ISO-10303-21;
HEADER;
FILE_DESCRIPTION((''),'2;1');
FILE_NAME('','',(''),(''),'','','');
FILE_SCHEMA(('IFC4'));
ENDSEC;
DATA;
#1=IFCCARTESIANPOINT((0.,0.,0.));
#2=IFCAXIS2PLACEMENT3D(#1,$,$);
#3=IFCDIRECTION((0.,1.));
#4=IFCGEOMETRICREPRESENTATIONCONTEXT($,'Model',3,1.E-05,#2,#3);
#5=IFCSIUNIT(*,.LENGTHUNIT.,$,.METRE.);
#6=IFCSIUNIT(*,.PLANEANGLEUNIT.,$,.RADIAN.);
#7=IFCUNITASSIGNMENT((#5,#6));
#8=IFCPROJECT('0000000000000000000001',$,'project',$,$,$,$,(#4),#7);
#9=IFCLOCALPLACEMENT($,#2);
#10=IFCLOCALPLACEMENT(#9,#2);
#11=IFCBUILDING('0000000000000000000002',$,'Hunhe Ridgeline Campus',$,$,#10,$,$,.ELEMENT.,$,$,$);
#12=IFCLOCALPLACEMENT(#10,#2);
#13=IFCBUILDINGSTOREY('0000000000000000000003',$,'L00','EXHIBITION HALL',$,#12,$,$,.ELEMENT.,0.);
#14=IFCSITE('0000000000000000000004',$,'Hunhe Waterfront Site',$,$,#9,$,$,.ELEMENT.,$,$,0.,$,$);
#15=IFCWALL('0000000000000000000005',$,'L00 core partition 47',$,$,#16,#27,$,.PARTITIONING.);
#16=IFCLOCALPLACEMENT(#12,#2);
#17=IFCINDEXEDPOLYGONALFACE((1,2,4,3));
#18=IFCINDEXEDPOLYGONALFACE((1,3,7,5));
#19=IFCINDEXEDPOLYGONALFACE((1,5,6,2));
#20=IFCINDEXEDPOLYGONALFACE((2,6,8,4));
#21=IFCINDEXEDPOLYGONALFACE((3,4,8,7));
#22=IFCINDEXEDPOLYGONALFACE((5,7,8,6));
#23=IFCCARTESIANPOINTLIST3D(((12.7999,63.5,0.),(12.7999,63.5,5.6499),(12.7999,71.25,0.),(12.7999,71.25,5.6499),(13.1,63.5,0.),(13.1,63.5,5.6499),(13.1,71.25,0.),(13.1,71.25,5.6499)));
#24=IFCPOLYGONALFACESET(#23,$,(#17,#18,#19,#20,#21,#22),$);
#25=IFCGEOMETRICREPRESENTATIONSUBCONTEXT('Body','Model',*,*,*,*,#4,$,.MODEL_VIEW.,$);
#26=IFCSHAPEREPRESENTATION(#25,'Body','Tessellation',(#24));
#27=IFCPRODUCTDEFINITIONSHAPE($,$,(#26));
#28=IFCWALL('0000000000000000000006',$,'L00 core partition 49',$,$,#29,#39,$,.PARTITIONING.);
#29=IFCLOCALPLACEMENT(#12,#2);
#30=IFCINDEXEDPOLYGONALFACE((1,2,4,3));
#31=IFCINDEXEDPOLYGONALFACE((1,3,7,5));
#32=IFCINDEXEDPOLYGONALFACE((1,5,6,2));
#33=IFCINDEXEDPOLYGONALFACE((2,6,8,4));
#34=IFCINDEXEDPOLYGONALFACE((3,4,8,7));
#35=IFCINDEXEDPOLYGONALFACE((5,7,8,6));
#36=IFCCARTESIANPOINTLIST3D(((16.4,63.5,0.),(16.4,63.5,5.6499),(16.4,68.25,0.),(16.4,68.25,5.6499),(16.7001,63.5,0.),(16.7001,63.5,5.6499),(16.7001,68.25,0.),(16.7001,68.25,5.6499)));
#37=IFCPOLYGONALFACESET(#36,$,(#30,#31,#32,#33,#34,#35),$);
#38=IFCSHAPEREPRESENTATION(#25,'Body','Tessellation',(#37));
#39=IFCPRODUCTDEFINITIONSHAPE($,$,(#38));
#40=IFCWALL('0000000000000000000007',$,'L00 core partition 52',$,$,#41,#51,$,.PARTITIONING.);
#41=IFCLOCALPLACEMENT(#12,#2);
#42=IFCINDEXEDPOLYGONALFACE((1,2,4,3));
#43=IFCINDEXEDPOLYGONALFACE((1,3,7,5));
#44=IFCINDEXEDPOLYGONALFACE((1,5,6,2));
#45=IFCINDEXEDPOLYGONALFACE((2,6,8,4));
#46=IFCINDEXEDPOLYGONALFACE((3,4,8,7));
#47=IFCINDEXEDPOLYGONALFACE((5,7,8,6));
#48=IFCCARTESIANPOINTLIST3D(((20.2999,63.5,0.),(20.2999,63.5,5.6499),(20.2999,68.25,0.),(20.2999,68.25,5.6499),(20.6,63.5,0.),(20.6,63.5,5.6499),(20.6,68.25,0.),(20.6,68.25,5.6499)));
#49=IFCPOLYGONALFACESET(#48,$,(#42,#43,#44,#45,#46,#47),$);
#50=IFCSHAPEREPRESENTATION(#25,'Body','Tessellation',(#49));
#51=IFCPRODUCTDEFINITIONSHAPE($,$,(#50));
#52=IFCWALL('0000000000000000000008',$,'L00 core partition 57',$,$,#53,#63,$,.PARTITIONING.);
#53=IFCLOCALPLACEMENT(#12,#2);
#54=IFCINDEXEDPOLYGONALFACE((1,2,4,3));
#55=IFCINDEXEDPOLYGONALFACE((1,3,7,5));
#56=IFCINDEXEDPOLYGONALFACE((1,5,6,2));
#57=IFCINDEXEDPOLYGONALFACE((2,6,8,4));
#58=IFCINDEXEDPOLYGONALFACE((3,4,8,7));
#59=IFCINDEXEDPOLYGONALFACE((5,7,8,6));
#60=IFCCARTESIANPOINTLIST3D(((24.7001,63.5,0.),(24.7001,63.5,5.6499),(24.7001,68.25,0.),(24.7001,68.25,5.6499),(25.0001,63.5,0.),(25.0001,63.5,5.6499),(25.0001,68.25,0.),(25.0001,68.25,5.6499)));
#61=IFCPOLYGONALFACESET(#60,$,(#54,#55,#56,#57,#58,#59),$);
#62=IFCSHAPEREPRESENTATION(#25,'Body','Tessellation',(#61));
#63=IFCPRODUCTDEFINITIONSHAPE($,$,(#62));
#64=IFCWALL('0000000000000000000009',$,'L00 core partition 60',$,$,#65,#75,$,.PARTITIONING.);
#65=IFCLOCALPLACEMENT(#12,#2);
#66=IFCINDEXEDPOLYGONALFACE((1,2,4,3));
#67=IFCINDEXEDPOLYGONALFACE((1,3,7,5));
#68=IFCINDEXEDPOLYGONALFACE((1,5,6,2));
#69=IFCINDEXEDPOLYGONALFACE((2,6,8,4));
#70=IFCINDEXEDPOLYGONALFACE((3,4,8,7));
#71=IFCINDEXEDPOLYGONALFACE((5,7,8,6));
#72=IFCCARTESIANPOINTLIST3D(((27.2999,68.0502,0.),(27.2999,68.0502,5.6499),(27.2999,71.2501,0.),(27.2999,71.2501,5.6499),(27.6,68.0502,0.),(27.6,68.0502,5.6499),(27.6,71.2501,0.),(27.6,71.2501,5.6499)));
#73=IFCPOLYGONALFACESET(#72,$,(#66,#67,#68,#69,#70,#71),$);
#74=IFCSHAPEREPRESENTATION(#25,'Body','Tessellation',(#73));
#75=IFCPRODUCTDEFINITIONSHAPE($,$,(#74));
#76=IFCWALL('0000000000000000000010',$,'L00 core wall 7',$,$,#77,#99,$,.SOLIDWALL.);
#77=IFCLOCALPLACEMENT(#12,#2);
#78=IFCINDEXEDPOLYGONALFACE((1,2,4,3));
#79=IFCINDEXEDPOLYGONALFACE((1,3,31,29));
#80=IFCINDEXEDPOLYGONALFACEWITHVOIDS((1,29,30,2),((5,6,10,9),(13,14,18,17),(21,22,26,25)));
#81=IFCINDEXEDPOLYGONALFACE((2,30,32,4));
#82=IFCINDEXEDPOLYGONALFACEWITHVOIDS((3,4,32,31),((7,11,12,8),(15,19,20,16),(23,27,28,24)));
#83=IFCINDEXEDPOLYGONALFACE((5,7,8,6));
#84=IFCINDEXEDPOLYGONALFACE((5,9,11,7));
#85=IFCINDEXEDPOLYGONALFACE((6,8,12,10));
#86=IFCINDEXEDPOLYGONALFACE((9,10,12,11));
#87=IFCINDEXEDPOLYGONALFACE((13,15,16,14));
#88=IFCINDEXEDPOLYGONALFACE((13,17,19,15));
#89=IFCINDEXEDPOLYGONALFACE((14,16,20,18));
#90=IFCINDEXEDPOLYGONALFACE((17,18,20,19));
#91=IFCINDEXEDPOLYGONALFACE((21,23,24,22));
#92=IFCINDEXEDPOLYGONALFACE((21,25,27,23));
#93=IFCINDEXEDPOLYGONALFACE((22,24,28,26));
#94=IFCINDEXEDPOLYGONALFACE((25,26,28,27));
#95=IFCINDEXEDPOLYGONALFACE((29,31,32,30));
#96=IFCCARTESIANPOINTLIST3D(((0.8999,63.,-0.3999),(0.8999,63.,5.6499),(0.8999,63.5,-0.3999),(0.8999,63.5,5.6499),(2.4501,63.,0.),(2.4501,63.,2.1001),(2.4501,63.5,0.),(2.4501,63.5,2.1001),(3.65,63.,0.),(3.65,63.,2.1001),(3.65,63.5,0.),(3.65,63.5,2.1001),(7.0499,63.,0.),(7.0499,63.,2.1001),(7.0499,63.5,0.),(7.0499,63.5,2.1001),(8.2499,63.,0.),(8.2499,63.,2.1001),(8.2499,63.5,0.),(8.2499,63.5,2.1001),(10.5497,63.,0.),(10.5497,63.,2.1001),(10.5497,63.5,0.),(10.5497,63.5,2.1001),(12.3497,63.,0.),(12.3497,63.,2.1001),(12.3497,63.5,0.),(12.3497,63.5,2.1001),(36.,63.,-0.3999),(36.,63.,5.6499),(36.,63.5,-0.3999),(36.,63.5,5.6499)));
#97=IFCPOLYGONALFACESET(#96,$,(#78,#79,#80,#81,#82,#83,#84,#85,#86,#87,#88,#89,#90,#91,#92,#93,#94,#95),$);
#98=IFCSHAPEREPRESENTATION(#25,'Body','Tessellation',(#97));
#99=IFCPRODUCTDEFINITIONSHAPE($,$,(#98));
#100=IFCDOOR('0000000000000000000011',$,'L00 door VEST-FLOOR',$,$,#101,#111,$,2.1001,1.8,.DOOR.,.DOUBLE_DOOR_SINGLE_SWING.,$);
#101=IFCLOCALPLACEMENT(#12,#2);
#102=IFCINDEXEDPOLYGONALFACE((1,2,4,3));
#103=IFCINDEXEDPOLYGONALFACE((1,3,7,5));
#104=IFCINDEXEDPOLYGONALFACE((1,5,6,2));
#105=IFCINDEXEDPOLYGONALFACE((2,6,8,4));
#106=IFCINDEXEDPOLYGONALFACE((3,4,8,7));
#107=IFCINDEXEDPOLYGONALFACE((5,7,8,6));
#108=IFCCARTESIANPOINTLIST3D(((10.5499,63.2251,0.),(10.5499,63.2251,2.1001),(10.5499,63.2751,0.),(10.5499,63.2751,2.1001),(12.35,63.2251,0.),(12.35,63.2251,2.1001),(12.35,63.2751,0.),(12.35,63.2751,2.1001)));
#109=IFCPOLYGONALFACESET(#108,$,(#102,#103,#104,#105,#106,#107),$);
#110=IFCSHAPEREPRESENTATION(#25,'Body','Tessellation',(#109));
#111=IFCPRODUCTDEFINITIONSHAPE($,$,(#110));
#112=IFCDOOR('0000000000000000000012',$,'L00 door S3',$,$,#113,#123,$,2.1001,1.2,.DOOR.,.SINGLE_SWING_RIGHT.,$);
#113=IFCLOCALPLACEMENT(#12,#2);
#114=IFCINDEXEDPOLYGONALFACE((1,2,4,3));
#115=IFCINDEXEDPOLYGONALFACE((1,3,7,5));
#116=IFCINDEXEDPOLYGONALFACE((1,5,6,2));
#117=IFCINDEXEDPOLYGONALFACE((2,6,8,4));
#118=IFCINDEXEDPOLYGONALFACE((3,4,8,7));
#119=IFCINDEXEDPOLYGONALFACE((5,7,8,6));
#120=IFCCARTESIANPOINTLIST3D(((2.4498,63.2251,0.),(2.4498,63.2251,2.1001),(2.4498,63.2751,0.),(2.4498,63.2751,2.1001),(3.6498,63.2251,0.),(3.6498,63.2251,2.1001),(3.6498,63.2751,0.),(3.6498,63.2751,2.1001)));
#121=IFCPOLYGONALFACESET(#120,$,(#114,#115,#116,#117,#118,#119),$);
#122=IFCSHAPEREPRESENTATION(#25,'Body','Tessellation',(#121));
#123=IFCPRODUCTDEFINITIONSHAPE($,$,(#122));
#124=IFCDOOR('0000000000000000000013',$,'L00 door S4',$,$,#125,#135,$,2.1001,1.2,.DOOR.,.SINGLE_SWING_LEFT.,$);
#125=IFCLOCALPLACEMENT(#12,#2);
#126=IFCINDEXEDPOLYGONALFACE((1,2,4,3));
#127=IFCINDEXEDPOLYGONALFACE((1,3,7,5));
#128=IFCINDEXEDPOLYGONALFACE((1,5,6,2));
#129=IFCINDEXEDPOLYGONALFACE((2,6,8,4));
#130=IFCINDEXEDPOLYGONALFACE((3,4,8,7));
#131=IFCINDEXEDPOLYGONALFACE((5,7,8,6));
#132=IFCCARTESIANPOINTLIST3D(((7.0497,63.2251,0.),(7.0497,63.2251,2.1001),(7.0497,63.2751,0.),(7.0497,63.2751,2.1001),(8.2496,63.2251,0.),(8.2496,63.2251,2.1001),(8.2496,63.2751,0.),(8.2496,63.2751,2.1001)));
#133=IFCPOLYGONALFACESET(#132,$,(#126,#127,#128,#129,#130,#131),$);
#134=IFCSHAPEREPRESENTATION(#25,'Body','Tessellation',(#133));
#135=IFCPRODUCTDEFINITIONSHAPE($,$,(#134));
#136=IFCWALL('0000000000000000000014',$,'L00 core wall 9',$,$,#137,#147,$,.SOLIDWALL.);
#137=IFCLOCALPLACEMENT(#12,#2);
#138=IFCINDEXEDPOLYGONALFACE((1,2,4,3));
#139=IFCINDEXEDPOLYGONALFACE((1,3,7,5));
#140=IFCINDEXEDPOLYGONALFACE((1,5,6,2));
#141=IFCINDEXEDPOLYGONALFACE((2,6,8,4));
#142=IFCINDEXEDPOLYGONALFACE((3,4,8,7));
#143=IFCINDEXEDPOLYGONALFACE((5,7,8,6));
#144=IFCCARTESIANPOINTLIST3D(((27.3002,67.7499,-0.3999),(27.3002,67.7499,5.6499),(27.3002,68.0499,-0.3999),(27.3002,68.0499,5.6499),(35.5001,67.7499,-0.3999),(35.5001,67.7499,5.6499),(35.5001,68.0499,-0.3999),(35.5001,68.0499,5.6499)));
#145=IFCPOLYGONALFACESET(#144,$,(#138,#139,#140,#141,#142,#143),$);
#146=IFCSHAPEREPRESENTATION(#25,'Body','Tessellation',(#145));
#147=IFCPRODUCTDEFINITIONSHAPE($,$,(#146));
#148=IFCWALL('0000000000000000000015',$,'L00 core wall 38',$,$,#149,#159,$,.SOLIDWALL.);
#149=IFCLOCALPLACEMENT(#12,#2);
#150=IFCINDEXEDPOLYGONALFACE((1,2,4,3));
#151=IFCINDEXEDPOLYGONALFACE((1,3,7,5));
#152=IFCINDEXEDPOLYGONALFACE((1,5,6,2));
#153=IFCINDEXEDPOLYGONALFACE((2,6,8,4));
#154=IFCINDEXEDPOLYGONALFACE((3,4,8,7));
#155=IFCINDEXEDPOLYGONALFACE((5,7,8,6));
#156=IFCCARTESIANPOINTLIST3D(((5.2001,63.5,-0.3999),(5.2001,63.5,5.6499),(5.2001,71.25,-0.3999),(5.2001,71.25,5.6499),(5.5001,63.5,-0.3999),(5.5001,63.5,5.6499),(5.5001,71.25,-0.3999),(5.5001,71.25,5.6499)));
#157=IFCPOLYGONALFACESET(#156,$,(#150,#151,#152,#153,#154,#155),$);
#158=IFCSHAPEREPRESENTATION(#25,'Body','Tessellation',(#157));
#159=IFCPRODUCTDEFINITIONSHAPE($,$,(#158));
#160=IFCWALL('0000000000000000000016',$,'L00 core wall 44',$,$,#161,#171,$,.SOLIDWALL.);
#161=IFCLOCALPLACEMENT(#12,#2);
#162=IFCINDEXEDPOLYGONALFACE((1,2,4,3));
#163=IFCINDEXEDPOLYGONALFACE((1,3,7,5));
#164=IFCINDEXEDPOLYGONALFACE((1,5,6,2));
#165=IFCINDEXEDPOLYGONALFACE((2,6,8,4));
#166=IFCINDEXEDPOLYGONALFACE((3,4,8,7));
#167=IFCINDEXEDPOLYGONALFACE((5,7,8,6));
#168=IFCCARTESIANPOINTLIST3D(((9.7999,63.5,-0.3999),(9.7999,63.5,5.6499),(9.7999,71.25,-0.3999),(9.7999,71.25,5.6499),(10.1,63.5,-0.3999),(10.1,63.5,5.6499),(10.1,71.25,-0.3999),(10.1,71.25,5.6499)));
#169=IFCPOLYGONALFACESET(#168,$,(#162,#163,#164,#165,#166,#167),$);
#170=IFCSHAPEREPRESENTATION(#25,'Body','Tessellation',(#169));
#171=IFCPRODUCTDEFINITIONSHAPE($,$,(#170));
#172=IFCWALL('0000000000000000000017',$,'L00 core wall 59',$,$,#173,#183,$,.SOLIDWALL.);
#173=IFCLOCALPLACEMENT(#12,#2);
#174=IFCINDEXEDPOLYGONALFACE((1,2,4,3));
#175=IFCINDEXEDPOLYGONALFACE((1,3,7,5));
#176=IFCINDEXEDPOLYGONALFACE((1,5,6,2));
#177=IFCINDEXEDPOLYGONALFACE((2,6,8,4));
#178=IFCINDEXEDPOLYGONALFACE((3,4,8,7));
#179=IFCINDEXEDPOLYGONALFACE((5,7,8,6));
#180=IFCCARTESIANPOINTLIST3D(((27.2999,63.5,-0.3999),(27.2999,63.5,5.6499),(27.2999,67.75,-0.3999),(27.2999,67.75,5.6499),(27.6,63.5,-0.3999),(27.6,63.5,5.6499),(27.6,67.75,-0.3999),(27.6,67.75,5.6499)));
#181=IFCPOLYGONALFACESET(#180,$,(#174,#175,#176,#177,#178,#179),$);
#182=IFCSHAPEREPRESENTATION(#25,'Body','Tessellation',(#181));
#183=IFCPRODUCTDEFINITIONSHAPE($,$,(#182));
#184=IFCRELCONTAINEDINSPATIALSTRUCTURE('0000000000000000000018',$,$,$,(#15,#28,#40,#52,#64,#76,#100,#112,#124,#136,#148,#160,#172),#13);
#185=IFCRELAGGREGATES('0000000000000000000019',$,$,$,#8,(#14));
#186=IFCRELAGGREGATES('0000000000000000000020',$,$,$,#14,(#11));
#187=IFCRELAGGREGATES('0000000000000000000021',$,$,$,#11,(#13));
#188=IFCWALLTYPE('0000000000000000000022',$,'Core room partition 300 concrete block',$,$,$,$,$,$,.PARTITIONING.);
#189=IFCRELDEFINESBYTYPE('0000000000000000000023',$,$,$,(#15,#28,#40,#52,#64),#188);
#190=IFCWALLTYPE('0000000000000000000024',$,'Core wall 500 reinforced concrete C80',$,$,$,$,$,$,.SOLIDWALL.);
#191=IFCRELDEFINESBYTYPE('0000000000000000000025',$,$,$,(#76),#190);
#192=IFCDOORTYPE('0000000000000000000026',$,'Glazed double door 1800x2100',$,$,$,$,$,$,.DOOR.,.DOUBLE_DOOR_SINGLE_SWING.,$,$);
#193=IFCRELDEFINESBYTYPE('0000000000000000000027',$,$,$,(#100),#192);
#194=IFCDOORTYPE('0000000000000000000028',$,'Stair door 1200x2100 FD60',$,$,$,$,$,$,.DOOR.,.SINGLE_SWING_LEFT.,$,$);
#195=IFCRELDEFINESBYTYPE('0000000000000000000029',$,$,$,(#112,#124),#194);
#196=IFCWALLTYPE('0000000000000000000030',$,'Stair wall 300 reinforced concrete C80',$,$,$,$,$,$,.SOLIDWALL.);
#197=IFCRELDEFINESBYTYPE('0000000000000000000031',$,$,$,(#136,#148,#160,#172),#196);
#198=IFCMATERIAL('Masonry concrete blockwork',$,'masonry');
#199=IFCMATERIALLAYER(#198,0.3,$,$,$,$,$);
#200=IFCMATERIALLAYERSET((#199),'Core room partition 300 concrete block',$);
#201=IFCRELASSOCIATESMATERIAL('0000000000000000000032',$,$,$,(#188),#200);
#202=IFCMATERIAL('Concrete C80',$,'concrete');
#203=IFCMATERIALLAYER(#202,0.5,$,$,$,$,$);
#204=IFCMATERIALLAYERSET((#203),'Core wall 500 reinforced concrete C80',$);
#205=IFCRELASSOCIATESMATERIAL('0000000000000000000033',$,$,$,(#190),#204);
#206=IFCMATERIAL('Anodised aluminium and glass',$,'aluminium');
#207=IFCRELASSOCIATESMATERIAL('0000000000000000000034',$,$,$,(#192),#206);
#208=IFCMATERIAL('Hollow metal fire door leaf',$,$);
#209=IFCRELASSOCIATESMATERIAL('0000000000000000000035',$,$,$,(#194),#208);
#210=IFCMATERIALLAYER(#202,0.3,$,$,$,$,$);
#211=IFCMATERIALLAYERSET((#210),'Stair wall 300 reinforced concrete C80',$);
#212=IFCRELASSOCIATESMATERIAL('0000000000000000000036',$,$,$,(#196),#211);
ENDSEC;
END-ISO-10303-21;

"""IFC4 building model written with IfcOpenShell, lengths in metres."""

from ifc_helpers import new_model, si_unit, direction, frame, frame_2d, origin, place, context, subcontext, project, spatial, rectangle, extrude, material, layer, layer_set, type_object, element, fill, save


model = new_model("IFC4")

# Units and contexts
model_context = context("Model", 3, precision=1e-05, world=origin(), true_north=direction((0.0, 1.0)))
body_context = subcontext(model_context, "Body", "Model", "MODEL_VIEW")
ifc_project = project(units=[si_unit("LENGTHUNIT", "METRE"), si_unit("PLANEANGLEUNIT", "RADIAN")], contexts=[model_context])

# Site, building, storey
site_placement = place(None, origin())
site = spatial("IfcSite", under=ifc_project, at=site_placement, Name="Hunhe Waterfront Site", CompositionType="ELEMENT", RefElevation=0.0)
building_placement = place(site_placement, origin())
building = spatial("IfcBuilding", under=site, at=building_placement, Name="Hunhe Ridgeline Campus", CompositionType="ELEMENT")
storey_placement = place(building_placement, origin())
storey = spatial("IfcBuildingStorey", under=building, at=storey_placement, Name="L00", Description="EXHIBITION HALL", CompositionType="ELEMENT", Elevation=0.0)

# Walls
ifc_material_1 = material(Name="Masonry concrete blockwork", Category="masonry")
ifc_layer_1 = layer(ifc_material_1, 0.3)
ifc_layer_set_1 = layer_set([ifc_layer_1], Name="Core room partition 300 concrete block")
wall_type_1 = type_object("IfcWallType", Name="Core room partition 300 concrete block", PredefinedType="PARTITIONING", material=ifc_layer_set_1)
wall_1_placement = place(storey_placement, frame((12.95, 63.5, 0.0), z_axis=(0.0, 0.0, 1.0), x_axis=(0.0, 1.0, 0.0)))
element("IfcWall", 1, at=wall_1_placement, inside=storey, type_object=wall_type_1, Name="L00 core partition 47", PredefinedType="PARTITIONING", context=body_context, shape_type="SweptSolid", body=[
    extrude(rectangle(XDim=7.75, YDim=0.3, at=frame_2d((3.875, 0.0))), origin(), (0.0, 0.0, 1.0), 5.6499),
])
for number, where, z_axis, x_axis, name in (
    (2, (16.55, 63.5, 0.0), (0.0, 0.0, 1.0), (0.0, 1.0, 0.0), "L00 core partition 49"),
    (3, (20.45, 63.5, 0.0), (0.0, 0.0, 1.0), (0.0, 1.0, 0.0), "L00 core partition 52"),
    (4, (24.8501, 63.5, 0.0), (0.0, 0.0, 1.0), (0.0, 1.0, 0.0), "L00 core partition 57"),
):
    element("IfcWall", number, at=place(storey_placement, frame(where, z_axis=z_axis, x_axis=x_axis)), inside=storey, type_object=wall_type_1, Name=name, PredefinedType="PARTITIONING", context=body_context, shape_type="SweptSolid", body=[
        extrude(rectangle(XDim=4.75, YDim=0.3, at=frame_2d((2.375, 0.0))), origin(), (0.0, 0.0, 1.0), 5.6499),
    ])
wall_2_placement = place(storey_placement, frame((27.45, 68.05, 0.0), z_axis=(0.0, 0.0, 1.0), x_axis=(0.0, 1.0, 0.0)))
element("IfcWall", 5, at=wall_2_placement, inside=storey, type_object=wall_type_1, Name="L00 core partition 60", PredefinedType="PARTITIONING", context=body_context, shape_type="SweptSolid", body=[
    extrude(rectangle(XDim=3.2, YDim=0.3, at=frame_2d((1.6001, 0.0))), origin(), (0.0, 0.0, 1.0), 5.6499),
])

# Wall, openings, doors
ifc_material_2 = material(Name="Concrete C80", Category="concrete")
ifc_layer_2 = layer(ifc_material_2, 0.5)
ifc_layer_set_2 = layer_set([ifc_layer_2], Name="Core wall 500 reinforced concrete C80")
wall_type_2 = type_object("IfcWallType", Name="Core wall 500 reinforced concrete C80", PredefinedType="SOLIDWALL", material=ifc_layer_set_2)
wall_3_placement = place(storey_placement, frame((0.8999, 63.25, -0.3999), z_axis=(0.0, 0.0, 1.0), x_axis=(1.0, 0.0, 0.0)))
wall_3 = element("IfcWall", 6, at=wall_3_placement, inside=storey, type_object=wall_type_2, Name="L00 core wall 7", PredefinedType="SOLIDWALL", context=body_context, shape_type="SweptSolid", body=[
    extrude(rectangle(XDim=35.1001, YDim=0.5, at=frame_2d((17.55, 0.0))), origin(), (0.0, 0.0, 1.0), 6.0498),
])
opening_1_placement = place(wall_3_placement, frame((9.6499, 0.0, 0.3999)))
opening_1 = element("IfcOpeningElement", 7, at=opening_1_placement, cuts=wall_3, PredefinedType="OPENING", context=body_context, shape_type="SweptSolid", body=[
    extrude(rectangle(XDim=1.8, YDim=2.1001, at=frame_2d((0.8999, 1.05))), frame((0.0, 0.25, 0.0), z_axis=(0.0, -1.0, 0.0), x_axis=(1.0, 0.0, 0.0)), (0.0, 0.0, 1.0), 0.5),
])
opening_2_placement = place(wall_3_placement, frame((1.55, 0.0, 0.3999)))
opening_2 = element("IfcOpeningElement", 8, at=opening_2_placement, cuts=wall_3, PredefinedType="OPENING", context=body_context, shape_type="SweptSolid", body=[
    extrude(rectangle(XDim=1.2, YDim=2.1001, at=frame_2d((0.6001, 1.05))), frame((0.0, 0.25, 0.0), z_axis=(0.0, -1.0, 0.0), x_axis=(1.0, 0.0, 0.0)), (0.0, 0.0, 1.0), 0.5),
])
opening_3_placement = place(wall_3_placement, frame((6.1499, 0.0, 0.3999)))
opening_3 = element("IfcOpeningElement", 9, at=opening_3_placement, cuts=wall_3, PredefinedType="OPENING", context=body_context, shape_type="SweptSolid", body=[
    extrude(rectangle(XDim=1.2, YDim=2.1001, at=frame_2d((0.6001, 1.05))), frame((0.0, 0.25, 0.0), z_axis=(0.0, -1.0, 0.0), x_axis=(1.0, 0.0, 0.0)), (0.0, 0.0, 1.0), 0.5),
])
ifc_material_3 = material(Name="Anodised aluminium and glass", Category="aluminium")
door_type_1 = type_object("IfcDoorType", Name="Glazed double door 1800x2100", OperationType="DOUBLE_DOOR_SINGLE_SWING", PredefinedType="DOOR", material=ifc_material_3)
door_1_placement = place(opening_1_placement, frame((1.8, 0.0, 0.0), z_axis=(0.0, 0.0, 1.0), x_axis=(-1.0, 0.0, 0.0)))
door_1 = element("IfcDoor", 10, at=door_1_placement, inside=storey, type_object=door_type_1, Name="L00 door VEST-FLOOR", OperationType="DOUBLE_DOOR_SINGLE_SWING", OverallHeight=2.1001, OverallWidth=1.8, PredefinedType="DOOR", context=body_context, shape_type="SweptSolid", body=[
    extrude(rectangle(XDim=1.8, YDim=2.1001, at=frame_2d((0.8999, 1.05))), frame((0.0, 0.0249, 0.0), z_axis=(0.0, -1.0, 0.0), x_axis=(1.0, 0.0, 0.0)), (0.0, 0.0, 1.0), 0.05),
])
fill(opening_1, door_1)
ifc_material_4 = material(Name="Hollow metal fire door leaf")
door_type_2 = type_object("IfcDoorType", Name="Stair door 1200x2100 FD60", OperationType="SINGLE_SWING_LEFT", PredefinedType="DOOR", material=ifc_material_4)
door_2_placement = place(opening_2_placement, frame((1.2, 0.0, 0.0), z_axis=(0.0, 0.0, 1.0), x_axis=(-1.0, 0.0, 0.0)))
door_2 = element("IfcDoor", 11, at=door_2_placement, inside=storey, type_object=door_type_2, Name="L00 door S3", OperationType="SINGLE_SWING_RIGHT", OverallHeight=2.1001, OverallWidth=1.2, PredefinedType="DOOR", context=body_context, shape_type="SweptSolid", body=[
    extrude(rectangle(XDim=1.2, YDim=2.1001, at=frame_2d((0.6001, 1.05))), frame((0.0, 0.0249, 0.0), z_axis=(0.0, -1.0, 0.0), x_axis=(1.0, 0.0, 0.0)), (0.0, 0.0, 1.0), 0.05),
])
fill(opening_2, door_2)
door_3_placement = place(opening_3_placement, frame((1.2, 0.0, 0.0), z_axis=(0.0, 0.0, 1.0), x_axis=(-1.0, 0.0, 0.0)))
door_3 = element("IfcDoor", 12, at=door_3_placement, inside=storey, type_object=door_type_2, Name="L00 door S4", OperationType="SINGLE_SWING_LEFT", OverallHeight=2.1001, OverallWidth=1.2, PredefinedType="DOOR", context=body_context, shape_type="SweptSolid", body=[
    extrude(rectangle(XDim=1.2, YDim=2.1001, at=frame_2d((0.6001, 1.05))), frame((0.0, 0.0249, 0.0), z_axis=(0.0, -1.0, 0.0), x_axis=(1.0, 0.0, 0.0)), (0.0, 0.0, 1.0), 0.05),
])
fill(opening_3, door_3)

# Shared definitions
ifc_layer_3 = layer(ifc_material_2, 0.3)
ifc_layer_set_3 = layer_set([ifc_layer_3], Name="Stair wall 300 reinforced concrete C80")
wall_type_3 = type_object("IfcWallType", Name="Stair wall 300 reinforced concrete C80", PredefinedType="SOLIDWALL", material=ifc_layer_set_3)

# Walls
wall_4_placement = place(storey_placement, frame((27.3, 67.8999, -0.3999), z_axis=(0.0, 0.0, 1.0), x_axis=(1.0, 0.0, 0.0)))
element("IfcWall", 13, at=wall_4_placement, inside=storey, type_object=wall_type_3, Name="L00 core wall 9", PredefinedType="SOLIDWALL", context=body_context, shape_type="SweptSolid", body=[
    extrude(rectangle(XDim=8.2, YDim=0.3, at=frame_2d((4.1001, 0.0))), origin(), (0.0, 0.0, 1.0), 6.0498),
])
for number, where, z_axis, x_axis, name in (
    (14, (5.3501, 63.5, -0.3999), (0.0, 0.0, 1.0), (0.0, 1.0, 0.0), "L00 core wall 38"),
    (15, (9.95, 63.5, -0.3999), (0.0, 0.0, 1.0), (0.0, 1.0, 0.0), "L00 core wall 44"),
):
    element("IfcWall", number, at=place(storey_placement, frame(where, z_axis=z_axis, x_axis=x_axis)), inside=storey, type_object=wall_type_3, Name=name, PredefinedType="SOLIDWALL", context=body_context, shape_type="SweptSolid", body=[
        extrude(rectangle(XDim=7.75, YDim=0.3, at=frame_2d((3.875, 0.0))), origin(), (0.0, 0.0, 1.0), 6.0498),
    ])
wall_5_placement = place(storey_placement, frame((27.45, 63.5, -0.3999), z_axis=(0.0, 0.0, 1.0), x_axis=(0.0, 1.0, 0.0)))
element("IfcWall", 16, at=wall_5_placement, inside=storey, type_object=wall_type_3, Name="L00 core wall 59", PredefinedType="SOLIDWALL", context=body_context, shape_type="SweptSolid", body=[
    extrude(rectangle(XDim=4.25, YDim=0.3, at=frame_2d((2.125, 0.0))), origin(), (0.0, 0.0, 1.0), 6.0498),
])

save(model, "model.ifc")
